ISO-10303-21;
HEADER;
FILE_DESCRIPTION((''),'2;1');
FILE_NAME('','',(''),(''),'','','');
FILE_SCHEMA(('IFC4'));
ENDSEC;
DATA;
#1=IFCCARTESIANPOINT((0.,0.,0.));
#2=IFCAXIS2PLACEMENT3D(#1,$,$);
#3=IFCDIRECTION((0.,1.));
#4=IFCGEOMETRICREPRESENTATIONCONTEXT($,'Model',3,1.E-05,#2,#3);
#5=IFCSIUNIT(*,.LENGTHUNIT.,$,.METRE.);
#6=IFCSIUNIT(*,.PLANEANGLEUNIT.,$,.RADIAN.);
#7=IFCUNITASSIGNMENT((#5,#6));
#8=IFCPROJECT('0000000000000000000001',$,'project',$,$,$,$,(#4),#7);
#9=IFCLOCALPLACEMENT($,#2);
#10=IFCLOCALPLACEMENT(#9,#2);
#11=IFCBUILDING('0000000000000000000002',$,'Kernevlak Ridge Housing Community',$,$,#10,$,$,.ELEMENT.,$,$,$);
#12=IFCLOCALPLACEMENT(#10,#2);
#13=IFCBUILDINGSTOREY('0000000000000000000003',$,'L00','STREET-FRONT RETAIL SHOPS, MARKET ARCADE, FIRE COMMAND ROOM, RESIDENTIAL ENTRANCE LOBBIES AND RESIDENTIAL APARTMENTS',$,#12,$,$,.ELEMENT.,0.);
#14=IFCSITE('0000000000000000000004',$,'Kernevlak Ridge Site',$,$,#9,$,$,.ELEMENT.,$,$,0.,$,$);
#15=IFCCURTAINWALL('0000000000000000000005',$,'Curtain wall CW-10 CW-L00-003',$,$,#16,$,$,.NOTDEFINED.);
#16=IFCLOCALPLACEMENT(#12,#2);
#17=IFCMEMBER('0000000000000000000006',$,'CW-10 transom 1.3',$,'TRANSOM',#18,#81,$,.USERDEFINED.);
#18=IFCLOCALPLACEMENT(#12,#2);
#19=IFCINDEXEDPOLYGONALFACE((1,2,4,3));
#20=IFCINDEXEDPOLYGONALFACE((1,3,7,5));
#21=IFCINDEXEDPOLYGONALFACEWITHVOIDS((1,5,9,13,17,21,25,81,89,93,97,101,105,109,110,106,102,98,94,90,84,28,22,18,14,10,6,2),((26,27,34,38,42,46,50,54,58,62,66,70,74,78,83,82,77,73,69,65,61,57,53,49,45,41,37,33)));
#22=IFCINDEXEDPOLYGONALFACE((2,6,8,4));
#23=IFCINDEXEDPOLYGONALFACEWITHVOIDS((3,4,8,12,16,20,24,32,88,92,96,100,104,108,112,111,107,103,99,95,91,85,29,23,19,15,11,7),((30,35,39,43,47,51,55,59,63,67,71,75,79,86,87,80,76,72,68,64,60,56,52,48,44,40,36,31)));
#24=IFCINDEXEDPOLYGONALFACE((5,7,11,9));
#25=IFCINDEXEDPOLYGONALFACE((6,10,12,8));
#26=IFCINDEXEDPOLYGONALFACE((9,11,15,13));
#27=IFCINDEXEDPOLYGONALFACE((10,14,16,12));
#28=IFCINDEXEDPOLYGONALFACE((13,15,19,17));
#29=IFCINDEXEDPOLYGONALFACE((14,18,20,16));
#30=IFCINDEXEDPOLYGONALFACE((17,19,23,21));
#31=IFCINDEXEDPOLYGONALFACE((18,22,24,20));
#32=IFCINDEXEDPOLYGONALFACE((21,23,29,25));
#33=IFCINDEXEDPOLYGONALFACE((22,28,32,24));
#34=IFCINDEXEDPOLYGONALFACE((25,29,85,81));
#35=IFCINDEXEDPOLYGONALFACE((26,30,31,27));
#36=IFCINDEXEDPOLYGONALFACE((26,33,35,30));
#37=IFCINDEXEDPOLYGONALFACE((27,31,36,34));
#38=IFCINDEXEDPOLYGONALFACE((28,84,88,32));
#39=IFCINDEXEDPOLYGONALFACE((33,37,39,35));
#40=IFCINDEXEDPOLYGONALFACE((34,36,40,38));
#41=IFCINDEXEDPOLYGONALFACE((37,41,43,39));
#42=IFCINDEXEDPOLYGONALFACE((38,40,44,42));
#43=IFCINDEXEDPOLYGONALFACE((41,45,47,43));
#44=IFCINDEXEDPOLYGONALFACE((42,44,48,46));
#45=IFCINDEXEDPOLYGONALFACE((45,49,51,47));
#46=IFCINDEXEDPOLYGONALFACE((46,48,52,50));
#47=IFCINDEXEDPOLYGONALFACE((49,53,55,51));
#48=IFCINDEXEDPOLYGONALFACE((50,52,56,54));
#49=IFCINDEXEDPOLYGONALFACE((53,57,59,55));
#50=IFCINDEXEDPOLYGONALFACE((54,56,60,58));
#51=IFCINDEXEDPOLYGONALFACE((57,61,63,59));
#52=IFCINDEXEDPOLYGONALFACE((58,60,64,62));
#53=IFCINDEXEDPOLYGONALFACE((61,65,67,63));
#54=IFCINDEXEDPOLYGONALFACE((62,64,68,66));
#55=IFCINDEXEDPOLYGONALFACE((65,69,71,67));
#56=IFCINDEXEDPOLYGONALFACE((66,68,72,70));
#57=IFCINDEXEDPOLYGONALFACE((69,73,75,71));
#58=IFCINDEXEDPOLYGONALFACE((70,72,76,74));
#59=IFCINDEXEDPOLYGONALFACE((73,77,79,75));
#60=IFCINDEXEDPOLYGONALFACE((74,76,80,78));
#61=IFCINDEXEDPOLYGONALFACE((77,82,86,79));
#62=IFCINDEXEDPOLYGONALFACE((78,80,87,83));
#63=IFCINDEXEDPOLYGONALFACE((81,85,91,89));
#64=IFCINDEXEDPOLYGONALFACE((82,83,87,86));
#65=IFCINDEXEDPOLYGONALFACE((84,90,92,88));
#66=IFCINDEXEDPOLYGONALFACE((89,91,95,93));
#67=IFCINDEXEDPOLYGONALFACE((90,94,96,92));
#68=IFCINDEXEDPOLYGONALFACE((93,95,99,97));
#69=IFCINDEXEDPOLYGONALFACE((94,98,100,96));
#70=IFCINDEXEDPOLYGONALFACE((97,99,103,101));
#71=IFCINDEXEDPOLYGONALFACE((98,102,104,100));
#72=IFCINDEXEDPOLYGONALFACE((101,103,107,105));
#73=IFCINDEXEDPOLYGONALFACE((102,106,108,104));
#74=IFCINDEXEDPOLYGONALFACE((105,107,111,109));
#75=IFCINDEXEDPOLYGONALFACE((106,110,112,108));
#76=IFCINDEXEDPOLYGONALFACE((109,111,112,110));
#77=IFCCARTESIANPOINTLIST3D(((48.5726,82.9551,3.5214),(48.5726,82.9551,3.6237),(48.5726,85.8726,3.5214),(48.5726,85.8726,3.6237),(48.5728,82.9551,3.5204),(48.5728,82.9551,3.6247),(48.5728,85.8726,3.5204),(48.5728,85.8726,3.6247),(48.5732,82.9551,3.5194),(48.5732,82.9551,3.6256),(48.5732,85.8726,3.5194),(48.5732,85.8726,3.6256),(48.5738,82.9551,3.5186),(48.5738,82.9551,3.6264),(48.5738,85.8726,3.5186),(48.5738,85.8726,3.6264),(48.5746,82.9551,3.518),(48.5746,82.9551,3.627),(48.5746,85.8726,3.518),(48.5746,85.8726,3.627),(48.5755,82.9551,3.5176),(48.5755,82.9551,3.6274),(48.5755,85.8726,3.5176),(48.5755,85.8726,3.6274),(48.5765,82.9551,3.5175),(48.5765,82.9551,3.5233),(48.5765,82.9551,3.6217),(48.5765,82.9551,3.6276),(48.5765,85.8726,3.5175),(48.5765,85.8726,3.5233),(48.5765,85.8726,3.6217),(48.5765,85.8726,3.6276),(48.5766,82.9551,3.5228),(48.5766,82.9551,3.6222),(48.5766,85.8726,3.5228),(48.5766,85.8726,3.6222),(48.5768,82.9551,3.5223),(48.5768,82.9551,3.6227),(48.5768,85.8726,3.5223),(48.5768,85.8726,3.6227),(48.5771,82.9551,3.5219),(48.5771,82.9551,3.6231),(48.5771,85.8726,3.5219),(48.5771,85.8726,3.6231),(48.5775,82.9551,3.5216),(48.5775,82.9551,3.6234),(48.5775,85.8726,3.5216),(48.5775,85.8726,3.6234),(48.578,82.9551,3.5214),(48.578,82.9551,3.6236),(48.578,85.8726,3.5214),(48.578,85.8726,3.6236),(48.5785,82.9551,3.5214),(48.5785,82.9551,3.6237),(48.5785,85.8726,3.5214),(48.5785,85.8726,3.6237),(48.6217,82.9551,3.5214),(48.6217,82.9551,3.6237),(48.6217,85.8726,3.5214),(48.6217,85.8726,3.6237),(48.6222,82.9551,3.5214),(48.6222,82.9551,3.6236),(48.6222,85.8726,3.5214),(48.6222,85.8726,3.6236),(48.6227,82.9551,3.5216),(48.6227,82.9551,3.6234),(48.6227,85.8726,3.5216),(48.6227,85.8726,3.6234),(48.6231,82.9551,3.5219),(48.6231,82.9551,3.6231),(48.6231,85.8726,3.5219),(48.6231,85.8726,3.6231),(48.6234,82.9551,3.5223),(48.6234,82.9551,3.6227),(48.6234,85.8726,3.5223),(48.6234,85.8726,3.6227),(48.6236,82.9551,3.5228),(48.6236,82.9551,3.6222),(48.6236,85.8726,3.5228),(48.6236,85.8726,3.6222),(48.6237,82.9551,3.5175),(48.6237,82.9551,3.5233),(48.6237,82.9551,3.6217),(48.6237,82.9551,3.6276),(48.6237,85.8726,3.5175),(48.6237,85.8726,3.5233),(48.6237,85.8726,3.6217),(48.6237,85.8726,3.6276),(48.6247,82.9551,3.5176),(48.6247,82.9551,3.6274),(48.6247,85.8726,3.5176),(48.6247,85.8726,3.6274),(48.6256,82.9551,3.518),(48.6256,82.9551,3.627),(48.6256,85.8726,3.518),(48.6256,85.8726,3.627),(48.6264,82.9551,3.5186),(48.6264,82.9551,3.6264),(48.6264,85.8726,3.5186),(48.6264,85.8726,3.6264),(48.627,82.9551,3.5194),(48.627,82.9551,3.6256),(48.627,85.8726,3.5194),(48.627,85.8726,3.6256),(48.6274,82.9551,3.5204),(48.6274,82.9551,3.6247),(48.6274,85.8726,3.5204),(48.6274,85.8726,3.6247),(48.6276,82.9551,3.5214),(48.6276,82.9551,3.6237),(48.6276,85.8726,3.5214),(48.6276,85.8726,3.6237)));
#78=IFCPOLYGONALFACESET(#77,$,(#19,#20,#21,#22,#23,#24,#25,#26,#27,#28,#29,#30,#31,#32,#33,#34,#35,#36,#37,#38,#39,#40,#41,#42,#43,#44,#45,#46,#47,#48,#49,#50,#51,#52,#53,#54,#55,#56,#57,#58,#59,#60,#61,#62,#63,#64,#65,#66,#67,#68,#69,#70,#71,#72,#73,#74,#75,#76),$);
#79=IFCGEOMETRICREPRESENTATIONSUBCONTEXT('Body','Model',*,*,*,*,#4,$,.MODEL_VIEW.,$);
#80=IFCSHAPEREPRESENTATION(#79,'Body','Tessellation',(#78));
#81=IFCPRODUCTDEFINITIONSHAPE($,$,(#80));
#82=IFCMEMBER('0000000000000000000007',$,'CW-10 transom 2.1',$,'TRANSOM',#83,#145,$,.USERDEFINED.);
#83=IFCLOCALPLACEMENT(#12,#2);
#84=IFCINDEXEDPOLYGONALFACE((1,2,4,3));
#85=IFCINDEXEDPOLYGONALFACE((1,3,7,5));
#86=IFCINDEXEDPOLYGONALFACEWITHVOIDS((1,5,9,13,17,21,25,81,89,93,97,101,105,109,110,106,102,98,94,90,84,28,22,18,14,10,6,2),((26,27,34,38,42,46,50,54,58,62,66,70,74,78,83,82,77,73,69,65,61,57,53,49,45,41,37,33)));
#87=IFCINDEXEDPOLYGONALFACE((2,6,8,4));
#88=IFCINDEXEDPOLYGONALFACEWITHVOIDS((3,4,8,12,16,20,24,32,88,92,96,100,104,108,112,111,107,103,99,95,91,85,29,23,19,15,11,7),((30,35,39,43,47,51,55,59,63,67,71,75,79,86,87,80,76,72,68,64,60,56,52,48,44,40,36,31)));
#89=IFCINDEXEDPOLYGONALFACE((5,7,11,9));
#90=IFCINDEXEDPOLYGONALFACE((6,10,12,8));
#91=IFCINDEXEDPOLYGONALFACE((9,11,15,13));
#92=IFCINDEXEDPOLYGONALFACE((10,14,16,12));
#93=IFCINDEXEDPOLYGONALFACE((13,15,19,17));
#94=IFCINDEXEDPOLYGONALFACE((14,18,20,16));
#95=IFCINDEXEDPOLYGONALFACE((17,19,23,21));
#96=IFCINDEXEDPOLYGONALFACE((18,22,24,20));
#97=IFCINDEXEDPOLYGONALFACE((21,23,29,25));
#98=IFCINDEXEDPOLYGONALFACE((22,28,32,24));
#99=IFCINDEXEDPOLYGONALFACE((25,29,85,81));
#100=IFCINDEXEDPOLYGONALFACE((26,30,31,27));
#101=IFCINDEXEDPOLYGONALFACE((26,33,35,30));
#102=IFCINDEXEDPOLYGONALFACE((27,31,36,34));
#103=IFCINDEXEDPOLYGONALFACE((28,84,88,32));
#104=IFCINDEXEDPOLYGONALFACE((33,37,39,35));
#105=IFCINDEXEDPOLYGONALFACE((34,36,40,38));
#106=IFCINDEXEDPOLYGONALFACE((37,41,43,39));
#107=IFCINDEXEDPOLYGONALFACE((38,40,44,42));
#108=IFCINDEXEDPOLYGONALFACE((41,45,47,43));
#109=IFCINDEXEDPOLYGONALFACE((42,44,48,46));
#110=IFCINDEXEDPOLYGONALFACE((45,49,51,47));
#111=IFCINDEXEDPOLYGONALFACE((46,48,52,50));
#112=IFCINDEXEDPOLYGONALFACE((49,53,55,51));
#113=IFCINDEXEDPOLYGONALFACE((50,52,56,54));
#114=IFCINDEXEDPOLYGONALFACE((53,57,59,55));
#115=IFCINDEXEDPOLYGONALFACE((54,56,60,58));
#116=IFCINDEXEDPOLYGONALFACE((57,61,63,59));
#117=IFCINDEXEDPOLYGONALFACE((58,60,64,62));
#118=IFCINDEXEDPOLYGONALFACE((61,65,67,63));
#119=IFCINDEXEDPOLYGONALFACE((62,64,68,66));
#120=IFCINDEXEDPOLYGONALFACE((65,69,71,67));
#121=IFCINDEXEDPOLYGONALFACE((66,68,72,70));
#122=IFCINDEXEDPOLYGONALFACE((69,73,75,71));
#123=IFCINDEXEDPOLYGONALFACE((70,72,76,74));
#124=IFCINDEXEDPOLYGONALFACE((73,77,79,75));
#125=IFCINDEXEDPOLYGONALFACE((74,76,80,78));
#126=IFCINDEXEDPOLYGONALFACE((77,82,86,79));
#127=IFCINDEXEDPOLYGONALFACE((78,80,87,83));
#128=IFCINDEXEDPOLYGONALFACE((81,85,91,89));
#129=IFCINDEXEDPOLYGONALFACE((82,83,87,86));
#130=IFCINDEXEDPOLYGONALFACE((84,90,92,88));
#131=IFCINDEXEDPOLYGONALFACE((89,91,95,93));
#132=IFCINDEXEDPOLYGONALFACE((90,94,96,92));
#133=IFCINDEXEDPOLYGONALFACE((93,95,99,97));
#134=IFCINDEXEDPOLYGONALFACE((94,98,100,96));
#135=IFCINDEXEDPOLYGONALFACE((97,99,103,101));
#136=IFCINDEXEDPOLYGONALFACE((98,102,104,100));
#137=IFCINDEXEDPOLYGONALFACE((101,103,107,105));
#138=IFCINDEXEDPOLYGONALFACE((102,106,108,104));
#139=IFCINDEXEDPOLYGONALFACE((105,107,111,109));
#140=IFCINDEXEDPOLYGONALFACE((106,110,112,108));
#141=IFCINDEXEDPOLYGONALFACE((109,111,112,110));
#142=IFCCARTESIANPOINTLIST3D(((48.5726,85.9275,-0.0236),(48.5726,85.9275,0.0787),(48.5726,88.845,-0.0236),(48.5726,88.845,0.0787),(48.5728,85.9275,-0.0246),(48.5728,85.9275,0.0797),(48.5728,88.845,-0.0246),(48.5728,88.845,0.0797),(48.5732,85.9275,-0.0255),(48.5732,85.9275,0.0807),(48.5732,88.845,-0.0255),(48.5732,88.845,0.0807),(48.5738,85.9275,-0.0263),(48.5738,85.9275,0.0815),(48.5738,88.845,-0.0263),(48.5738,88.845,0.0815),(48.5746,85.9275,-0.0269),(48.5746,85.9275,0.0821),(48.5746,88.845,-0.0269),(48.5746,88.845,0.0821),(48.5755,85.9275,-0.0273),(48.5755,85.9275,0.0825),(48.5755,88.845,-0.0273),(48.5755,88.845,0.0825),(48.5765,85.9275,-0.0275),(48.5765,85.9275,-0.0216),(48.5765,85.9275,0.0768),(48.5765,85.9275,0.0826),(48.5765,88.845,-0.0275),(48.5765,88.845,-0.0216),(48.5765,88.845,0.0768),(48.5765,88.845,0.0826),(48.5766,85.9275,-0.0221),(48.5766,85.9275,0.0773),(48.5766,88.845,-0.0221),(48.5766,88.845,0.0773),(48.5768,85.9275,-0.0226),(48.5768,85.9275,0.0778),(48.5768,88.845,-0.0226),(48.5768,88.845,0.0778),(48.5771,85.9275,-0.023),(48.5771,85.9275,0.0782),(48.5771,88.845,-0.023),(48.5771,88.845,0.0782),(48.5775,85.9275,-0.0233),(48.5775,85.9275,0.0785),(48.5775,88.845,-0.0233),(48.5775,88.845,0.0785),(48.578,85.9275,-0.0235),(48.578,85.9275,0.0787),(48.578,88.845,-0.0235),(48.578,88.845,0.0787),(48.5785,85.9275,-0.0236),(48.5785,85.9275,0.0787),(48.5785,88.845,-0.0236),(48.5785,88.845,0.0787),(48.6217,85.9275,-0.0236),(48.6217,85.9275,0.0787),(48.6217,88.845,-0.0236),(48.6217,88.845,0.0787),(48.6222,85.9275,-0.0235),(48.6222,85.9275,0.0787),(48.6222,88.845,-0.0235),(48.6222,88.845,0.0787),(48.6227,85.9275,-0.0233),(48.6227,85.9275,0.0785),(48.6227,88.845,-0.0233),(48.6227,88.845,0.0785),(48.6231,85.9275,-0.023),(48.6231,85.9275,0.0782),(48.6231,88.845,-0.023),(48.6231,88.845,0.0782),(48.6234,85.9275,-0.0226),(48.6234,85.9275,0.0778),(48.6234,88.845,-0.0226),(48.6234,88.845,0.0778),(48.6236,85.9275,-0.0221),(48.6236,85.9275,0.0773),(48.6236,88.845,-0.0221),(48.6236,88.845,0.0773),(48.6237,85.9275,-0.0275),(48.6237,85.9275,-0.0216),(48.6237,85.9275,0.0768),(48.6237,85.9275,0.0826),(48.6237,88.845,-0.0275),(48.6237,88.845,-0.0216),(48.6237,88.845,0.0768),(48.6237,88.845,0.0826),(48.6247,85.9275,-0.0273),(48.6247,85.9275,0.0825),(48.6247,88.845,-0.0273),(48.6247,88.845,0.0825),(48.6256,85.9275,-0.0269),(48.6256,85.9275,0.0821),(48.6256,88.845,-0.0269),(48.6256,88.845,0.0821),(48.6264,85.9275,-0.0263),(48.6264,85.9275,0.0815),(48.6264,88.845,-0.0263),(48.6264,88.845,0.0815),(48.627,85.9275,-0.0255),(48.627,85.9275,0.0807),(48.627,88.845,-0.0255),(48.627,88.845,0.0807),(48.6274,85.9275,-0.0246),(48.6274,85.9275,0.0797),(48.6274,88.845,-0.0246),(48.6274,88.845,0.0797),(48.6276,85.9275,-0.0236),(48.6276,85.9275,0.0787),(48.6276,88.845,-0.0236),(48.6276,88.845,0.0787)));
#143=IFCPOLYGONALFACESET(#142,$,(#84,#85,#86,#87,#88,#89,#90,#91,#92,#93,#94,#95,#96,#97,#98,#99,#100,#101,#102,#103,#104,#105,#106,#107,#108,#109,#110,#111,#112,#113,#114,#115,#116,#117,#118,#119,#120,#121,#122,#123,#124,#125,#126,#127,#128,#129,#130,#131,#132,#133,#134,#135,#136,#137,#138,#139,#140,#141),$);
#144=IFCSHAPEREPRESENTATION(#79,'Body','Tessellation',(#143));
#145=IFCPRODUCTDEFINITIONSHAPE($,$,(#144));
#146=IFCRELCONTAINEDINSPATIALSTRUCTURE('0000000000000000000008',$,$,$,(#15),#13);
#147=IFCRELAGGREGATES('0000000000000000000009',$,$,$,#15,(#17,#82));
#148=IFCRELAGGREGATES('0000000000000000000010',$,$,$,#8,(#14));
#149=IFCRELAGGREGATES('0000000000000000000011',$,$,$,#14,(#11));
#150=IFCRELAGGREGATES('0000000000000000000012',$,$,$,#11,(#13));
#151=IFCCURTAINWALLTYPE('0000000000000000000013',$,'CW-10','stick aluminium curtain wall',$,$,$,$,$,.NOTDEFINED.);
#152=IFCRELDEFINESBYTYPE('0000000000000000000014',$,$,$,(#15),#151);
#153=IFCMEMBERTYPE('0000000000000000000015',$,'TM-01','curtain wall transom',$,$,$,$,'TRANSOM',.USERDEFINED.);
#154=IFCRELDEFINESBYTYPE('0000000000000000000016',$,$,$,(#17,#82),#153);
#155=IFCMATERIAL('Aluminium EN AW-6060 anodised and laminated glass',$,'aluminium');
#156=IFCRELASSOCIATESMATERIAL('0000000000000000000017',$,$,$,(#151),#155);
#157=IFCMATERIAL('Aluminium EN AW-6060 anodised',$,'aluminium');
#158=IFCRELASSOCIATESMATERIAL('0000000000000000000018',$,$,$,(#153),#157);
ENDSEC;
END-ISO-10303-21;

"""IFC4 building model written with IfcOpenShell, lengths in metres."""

from ifc_helpers import new_model, si_unit, direction, frame, origin, origin_2d, place, context, subcontext, project, spatial, hollow_rectangle, extrude, material, material_profile, profile_set, type_object, element, aggregate, save


model = new_model("IFC4")

# Units and contexts
model_context = context("Model", 3, precision=1e-05, world=origin(), true_north=direction((0.0, 1.0)))
body_context = subcontext(model_context, "Body", "Model", "MODEL_VIEW")
ifc_project = project(units=[si_unit("LENGTHUNIT", "METRE"), si_unit("PLANEANGLEUNIT", "RADIAN")], contexts=[model_context])

# Site, building, storey
site_placement = place(None, origin())
site = spatial("IfcSite", under=ifc_project, at=site_placement, Name="Kernevlak Ridge Site", CompositionType="ELEMENT", RefElevation=0.0)
building_placement = place(site_placement, origin())
building = spatial("IfcBuilding", under=site, at=building_placement, Name="Kernevlak Ridge Housing Community", CompositionType="ELEMENT")
storey_placement = place(building_placement, origin())
storey = spatial("IfcBuildingStorey", under=building, at=storey_placement, Name="L00", Description="STREET-FRONT RETAIL SHOPS, MARKET ARCADE, FIRE COMMAND ROOM, RESIDENTIAL ENTRANCE LOBBIES AND RESIDENTIAL APARTMENTS", CompositionType="ELEMENT", Elevation=0.0)

# Curtain wall
ifc_material_1 = material(Name="Aluminium EN AW-6060 anodised and laminated glass", Category="aluminium")
curtain_wall_type = type_object("IfcCurtainWallType", Name="CW-10", Description="stick aluminium curtain wall", PredefinedType="NOTDEFINED", material=ifc_material_1)
curtain_wall_placement = place(storey_placement, origin())
curtain_wall = element("IfcCurtainWall", 1, at=curtain_wall_placement, inside=storey, type_object=curtain_wall_type, Name="Curtain wall CW-10 CW-L00-003", PredefinedType="NOTDEFINED")
ifc_material_2 = material(Name="Aluminium EN AW-6060 anodised", Category="aluminium")

# Members
ifc_material_profile_1 = material_profile(ifc_material_2, hollow_rectangle(XDim=0.0549, YDim=0.1101, WallThickness=0.0039, InnerFilletRadius=0.002, OuterFilletRadius=0.0039, at=origin_2d()), Name="ALU 55x110x4")
ifc_profile_set_1 = profile_set([ifc_material_profile_1], Name="Aluminium EN AW-6060 anodised")
member_type_1 = type_object("IfcMemberType", Name="TM-01", Description="curtain wall transom", ElementType="TRANSOM", PredefinedType="USERDEFINED", material=ifc_profile_set_1)
member_1_placement = place(storey_placement, frame((48.6001, 82.9551, 3.5725), z_axis=(0.0, 1.0, 0.0), x_axis=(-1.0, 0.0, 0.0)))
member_1 = element("IfcMember", 2, at=member_1_placement, type_object=member_type_1, Name="CW-10 transom 1.3", ObjectType="TRANSOM", PredefinedType="USERDEFINED", context=body_context, shape_type="SweptSolid", body=[
    extrude(hollow_rectangle(XDim=0.0549, YDim=0.1101, WallThickness=0.0039, InnerFilletRadius=0.002, OuterFilletRadius=0.0039, at=origin_2d()), origin(), (0.0, 0.0, 1.0), 2.9175),
])
member_2_placement = place(storey_placement, frame((48.6001, 85.9275, 0.0276), z_axis=(0.0, 1.0, 0.0), x_axis=(-1.0, 0.0, 0.0)))
member_2 = element("IfcMember", 3, at=member_2_placement, type_object=member_type_1, Name="CW-10 transom 2.1", ObjectType="TRANSOM", PredefinedType="USERDEFINED", context=body_context, shape_type="SweptSolid", body=[
    extrude(hollow_rectangle(XDim=0.0549, YDim=0.1101, WallThickness=0.0039, InnerFilletRadius=0.002, OuterFilletRadius=0.0039, at=origin_2d()), origin(), (0.0, 0.0, 1.0), 2.9175),
])

aggregate(curtain_wall, [member_1, member_2])

save(model, "model.ifc")
